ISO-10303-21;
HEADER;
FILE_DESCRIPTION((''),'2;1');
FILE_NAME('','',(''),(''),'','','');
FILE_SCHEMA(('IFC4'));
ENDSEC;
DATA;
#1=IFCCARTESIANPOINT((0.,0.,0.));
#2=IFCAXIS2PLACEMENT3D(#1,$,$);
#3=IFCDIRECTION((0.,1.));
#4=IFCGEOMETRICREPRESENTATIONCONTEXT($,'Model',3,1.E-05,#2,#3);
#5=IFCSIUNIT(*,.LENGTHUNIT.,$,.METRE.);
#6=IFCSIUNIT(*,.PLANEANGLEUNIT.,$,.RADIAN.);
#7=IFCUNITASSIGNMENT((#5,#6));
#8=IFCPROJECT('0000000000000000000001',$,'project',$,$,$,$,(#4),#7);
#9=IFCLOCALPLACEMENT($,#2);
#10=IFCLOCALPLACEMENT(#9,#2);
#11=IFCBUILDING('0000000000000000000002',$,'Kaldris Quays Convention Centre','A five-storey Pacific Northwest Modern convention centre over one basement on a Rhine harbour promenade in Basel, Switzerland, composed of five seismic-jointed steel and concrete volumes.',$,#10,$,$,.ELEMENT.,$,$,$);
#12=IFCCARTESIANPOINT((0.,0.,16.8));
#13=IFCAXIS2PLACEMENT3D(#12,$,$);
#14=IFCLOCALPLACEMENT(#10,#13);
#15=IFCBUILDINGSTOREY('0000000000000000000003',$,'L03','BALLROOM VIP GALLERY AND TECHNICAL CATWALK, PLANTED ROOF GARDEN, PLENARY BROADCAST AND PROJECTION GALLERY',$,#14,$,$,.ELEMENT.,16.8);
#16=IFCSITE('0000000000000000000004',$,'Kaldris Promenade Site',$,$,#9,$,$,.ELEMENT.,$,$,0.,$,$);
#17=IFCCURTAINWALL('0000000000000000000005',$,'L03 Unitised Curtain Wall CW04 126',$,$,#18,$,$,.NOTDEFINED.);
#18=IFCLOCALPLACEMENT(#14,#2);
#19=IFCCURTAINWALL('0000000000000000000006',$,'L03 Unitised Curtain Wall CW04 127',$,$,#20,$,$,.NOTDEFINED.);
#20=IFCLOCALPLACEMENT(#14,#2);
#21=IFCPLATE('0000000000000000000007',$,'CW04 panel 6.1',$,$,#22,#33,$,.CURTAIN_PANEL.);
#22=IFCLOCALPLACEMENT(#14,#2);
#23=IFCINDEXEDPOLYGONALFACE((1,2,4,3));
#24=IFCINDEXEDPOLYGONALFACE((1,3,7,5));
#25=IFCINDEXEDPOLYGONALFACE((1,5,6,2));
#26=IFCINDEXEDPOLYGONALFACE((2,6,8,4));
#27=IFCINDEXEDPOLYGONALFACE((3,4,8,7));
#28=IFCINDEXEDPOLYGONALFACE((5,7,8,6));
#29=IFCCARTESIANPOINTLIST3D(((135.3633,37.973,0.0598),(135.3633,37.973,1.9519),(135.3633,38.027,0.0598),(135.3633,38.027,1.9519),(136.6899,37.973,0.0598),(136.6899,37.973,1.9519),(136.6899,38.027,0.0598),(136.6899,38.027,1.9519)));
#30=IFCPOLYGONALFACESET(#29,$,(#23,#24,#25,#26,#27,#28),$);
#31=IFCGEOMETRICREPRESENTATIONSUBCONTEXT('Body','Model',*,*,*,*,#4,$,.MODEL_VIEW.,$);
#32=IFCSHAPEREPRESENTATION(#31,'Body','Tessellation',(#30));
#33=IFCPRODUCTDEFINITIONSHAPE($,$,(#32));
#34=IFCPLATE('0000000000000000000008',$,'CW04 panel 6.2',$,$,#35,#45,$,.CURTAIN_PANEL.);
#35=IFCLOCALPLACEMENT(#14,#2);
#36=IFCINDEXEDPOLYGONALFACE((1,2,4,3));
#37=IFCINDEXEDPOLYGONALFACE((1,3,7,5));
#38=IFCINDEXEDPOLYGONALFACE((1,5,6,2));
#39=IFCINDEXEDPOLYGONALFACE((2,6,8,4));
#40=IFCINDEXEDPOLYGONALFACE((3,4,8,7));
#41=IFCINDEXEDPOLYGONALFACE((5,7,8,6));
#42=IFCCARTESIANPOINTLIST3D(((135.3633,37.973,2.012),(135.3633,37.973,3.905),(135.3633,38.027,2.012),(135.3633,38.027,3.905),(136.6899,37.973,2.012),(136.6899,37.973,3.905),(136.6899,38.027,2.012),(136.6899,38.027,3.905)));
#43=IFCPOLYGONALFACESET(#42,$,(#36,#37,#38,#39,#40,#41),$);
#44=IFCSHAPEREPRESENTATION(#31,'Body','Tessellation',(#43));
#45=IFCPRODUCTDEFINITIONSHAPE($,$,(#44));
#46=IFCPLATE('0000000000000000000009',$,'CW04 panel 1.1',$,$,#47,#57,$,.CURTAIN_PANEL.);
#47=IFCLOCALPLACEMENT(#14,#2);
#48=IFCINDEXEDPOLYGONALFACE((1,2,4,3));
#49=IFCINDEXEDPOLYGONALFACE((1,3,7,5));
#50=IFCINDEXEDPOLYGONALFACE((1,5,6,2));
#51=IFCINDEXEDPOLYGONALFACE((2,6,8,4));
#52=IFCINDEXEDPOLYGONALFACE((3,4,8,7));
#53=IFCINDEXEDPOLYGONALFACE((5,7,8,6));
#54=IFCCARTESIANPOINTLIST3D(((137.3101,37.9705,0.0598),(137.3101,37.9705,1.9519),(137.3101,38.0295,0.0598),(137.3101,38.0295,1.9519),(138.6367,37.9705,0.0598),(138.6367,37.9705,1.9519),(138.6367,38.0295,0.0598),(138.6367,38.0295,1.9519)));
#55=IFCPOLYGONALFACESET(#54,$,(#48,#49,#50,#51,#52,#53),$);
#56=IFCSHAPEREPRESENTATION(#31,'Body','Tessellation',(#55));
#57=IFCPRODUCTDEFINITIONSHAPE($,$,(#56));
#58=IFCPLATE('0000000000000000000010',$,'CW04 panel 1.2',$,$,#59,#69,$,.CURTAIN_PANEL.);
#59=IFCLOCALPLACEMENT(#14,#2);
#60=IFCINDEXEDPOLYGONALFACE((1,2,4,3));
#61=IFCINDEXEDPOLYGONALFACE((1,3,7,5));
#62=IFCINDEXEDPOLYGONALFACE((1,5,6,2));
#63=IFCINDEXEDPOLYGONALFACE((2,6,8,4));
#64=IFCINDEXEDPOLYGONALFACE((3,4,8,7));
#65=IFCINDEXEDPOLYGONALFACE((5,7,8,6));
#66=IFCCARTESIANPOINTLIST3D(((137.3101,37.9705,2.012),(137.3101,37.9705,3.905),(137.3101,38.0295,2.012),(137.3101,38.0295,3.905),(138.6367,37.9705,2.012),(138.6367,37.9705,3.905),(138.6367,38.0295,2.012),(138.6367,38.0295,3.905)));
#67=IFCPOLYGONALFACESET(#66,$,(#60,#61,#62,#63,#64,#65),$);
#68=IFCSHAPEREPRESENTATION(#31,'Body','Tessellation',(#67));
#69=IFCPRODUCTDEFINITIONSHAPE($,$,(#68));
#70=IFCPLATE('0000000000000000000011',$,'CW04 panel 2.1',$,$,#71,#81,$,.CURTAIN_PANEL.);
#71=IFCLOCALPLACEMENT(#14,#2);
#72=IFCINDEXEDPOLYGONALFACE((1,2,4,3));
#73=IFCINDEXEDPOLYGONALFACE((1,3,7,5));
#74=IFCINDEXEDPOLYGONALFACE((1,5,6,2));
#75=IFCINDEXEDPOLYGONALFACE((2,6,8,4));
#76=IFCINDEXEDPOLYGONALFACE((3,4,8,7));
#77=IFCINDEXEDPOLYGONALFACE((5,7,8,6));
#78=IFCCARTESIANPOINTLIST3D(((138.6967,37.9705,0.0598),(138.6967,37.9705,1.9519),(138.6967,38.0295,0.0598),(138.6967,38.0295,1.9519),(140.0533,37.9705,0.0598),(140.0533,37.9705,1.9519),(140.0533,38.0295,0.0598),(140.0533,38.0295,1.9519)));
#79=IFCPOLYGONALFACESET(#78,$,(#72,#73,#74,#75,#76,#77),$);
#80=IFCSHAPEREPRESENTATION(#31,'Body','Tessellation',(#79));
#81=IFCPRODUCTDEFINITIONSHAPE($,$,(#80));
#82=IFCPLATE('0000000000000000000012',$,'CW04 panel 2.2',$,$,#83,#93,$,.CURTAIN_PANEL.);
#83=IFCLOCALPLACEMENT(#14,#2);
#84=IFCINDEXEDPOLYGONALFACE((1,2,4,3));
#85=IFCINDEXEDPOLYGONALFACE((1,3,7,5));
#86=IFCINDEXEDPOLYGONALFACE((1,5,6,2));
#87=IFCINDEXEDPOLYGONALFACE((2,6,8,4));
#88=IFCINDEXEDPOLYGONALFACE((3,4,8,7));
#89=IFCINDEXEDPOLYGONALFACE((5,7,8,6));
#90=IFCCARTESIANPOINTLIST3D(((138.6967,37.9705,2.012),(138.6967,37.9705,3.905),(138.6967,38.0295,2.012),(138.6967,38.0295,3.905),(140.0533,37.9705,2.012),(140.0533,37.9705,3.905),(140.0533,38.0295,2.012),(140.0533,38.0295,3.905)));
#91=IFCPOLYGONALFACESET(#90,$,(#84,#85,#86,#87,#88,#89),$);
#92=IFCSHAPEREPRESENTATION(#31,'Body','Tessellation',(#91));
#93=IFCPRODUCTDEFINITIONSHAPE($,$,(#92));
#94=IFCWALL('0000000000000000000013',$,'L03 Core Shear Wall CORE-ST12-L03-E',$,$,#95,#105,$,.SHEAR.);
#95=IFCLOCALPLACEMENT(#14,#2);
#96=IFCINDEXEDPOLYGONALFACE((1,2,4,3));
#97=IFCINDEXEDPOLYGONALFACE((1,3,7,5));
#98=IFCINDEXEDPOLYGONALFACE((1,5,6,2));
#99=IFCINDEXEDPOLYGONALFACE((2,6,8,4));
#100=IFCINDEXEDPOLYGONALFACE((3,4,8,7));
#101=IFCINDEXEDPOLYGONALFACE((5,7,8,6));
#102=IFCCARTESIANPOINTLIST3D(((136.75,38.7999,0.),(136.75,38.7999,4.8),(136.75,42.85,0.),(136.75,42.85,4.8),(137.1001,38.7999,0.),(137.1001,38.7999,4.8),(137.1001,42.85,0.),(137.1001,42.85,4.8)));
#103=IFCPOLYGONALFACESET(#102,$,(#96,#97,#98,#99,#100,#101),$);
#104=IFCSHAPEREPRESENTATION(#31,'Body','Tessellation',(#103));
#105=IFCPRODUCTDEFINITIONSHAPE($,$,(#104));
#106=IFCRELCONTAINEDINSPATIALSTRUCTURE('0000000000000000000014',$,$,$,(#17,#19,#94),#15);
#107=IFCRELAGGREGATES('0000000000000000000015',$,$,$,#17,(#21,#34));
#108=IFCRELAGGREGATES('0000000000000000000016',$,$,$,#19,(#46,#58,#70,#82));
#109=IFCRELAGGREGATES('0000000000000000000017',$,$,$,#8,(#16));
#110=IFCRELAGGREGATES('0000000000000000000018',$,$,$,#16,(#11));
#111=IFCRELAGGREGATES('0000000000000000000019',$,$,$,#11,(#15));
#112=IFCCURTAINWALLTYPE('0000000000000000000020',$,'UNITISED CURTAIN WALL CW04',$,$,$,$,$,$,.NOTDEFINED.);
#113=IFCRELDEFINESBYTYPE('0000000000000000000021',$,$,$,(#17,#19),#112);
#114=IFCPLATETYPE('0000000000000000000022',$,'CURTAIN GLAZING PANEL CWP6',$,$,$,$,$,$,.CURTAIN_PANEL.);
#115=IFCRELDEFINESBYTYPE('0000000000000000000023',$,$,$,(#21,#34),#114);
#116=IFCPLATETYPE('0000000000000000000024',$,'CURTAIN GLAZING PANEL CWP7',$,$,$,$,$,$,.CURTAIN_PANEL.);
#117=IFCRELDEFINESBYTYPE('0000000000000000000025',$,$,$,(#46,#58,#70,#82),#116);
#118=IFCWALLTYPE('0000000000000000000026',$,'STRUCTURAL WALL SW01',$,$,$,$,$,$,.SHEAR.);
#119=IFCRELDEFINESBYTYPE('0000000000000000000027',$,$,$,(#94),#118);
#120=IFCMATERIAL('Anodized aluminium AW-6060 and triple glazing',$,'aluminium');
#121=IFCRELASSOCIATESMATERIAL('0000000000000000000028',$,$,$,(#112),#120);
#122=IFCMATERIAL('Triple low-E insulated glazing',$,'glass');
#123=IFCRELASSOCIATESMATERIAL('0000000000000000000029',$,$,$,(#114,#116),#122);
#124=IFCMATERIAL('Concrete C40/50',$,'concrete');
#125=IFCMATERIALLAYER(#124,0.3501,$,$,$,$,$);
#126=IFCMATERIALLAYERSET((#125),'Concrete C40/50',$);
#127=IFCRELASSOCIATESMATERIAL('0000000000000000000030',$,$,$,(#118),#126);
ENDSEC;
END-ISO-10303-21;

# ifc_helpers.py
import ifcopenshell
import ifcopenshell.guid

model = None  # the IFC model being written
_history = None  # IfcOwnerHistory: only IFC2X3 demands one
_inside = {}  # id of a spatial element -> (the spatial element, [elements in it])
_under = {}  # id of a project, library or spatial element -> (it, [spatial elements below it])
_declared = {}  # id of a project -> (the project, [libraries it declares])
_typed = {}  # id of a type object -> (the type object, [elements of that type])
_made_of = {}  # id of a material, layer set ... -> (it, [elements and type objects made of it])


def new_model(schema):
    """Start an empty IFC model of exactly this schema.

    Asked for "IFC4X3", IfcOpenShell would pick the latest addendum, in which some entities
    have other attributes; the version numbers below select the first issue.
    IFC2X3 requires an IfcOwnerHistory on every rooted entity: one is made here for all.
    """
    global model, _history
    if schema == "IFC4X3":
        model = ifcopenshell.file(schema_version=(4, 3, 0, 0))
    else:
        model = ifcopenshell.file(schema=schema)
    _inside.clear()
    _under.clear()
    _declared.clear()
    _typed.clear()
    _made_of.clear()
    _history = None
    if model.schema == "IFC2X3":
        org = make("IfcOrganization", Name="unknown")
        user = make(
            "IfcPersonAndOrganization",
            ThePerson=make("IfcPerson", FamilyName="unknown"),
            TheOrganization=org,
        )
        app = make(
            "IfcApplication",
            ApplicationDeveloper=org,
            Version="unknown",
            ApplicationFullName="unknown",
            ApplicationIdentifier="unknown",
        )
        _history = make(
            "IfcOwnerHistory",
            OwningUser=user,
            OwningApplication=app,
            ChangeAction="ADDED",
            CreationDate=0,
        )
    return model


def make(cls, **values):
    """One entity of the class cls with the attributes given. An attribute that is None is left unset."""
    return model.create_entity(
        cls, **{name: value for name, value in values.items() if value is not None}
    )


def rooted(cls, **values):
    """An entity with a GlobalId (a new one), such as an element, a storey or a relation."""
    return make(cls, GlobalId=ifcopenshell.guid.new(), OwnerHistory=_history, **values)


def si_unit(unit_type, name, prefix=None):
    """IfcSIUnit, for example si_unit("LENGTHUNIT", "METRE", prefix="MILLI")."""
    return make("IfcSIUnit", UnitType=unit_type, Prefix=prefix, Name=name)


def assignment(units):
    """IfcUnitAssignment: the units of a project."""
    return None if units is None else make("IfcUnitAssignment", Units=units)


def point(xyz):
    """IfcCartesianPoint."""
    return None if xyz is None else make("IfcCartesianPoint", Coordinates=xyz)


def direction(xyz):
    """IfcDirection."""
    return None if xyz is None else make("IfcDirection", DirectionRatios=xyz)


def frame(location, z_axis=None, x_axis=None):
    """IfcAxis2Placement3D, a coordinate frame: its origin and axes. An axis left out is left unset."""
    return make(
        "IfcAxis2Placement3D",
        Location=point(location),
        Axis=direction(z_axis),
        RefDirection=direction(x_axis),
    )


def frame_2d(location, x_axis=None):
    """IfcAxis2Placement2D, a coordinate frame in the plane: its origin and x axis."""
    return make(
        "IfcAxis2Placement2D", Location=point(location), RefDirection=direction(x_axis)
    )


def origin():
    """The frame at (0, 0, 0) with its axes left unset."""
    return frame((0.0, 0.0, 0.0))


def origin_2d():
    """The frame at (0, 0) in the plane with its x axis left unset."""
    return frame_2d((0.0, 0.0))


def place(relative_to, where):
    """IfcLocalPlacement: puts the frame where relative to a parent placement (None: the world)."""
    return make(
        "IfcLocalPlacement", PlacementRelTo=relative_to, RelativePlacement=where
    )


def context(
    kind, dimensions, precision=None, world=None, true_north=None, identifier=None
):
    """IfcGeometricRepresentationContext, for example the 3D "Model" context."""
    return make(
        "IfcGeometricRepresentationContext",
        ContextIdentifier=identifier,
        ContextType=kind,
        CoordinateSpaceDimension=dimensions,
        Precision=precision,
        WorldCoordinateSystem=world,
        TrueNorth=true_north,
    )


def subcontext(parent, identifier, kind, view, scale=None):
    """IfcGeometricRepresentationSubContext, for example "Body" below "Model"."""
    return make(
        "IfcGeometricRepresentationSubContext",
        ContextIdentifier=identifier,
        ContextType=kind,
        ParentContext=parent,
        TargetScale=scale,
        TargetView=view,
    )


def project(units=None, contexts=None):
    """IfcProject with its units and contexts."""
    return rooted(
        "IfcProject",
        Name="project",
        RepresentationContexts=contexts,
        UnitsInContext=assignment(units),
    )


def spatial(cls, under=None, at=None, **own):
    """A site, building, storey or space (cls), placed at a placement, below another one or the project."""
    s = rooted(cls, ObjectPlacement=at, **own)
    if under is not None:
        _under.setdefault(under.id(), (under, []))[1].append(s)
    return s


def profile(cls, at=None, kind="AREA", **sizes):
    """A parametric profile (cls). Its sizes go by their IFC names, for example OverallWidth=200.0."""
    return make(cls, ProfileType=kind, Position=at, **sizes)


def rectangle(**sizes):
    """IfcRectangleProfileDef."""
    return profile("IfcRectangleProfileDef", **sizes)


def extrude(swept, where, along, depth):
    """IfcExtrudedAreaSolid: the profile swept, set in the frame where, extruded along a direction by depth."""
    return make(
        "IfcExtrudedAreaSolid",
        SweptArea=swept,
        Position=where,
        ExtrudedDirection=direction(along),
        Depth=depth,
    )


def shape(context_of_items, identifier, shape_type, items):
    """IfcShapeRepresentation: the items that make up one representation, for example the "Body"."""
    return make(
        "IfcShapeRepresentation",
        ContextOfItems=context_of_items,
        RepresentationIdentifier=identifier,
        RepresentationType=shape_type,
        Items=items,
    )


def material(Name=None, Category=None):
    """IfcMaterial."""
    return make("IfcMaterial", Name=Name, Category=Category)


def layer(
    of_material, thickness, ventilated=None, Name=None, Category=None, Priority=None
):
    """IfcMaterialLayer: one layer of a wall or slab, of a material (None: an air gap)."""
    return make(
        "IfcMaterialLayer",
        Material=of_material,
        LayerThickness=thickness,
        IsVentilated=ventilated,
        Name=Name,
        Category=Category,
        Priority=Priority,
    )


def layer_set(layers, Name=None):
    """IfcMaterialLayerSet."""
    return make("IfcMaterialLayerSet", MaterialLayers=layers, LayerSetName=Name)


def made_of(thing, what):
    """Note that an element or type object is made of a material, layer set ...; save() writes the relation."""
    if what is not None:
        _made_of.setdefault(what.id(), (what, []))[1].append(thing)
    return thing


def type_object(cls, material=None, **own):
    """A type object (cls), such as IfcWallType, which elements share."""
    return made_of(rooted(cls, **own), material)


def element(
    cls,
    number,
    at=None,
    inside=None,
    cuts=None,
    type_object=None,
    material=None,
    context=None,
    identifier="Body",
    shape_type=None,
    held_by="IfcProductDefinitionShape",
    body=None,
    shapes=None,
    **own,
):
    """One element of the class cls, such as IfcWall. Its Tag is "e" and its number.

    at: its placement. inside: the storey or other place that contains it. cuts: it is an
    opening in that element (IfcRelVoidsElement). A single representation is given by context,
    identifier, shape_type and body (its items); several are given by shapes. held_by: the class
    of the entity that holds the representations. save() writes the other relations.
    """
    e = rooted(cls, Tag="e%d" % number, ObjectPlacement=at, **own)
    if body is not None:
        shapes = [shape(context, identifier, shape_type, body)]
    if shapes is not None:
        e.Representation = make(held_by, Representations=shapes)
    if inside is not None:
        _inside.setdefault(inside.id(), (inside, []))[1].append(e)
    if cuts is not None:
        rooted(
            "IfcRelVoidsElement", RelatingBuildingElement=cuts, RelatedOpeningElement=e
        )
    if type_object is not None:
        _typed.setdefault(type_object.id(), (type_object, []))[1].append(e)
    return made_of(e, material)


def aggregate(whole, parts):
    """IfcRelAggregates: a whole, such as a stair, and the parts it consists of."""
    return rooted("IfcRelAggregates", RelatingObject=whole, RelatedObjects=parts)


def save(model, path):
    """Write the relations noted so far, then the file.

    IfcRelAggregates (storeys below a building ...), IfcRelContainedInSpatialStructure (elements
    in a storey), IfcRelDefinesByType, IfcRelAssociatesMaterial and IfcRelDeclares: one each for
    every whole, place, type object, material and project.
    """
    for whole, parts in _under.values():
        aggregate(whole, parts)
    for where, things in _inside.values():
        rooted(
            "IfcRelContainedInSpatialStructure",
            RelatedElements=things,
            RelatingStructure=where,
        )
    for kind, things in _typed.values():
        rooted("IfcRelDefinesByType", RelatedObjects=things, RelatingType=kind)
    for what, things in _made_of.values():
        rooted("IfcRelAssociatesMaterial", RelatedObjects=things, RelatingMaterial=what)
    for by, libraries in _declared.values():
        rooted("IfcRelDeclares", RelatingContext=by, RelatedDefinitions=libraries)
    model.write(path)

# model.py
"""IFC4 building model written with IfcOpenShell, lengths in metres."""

from ifc_helpers import new_model, si_unit, direction, frame, frame_2d, origin, origin_2d, place, context, subcontext, project, spatial, rectangle, extrude, material, layer, layer_set, type_object, element, aggregate, save


model = new_model("IFC4")

# Units and contexts
model_context = context("Model", 3, precision=1e-05, world=origin(), true_north=direction((0.0, 1.0)))
body_context = subcontext(model_context, "Body", "Model", "MODEL_VIEW")
ifc_project = project(units=[si_unit("LENGTHUNIT", "METRE"), si_unit("PLANEANGLEUNIT", "RADIAN")], contexts=[model_context])

# Site, building, storey
site_placement = place(None, origin())
site = spatial("IfcSite", under=ifc_project, at=site_placement, Name="Kaldris Promenade Site", CompositionType="ELEMENT", RefElevation=0.0)
building_placement = place(site_placement, origin())
building = spatial("IfcBuilding", under=site, at=building_placement, Name="Kaldris Quays Convention Centre", Description="A five-storey Pacific Northwest Modern convention centre over one basement on a Rhine harbour promenade in Basel, Switzerland, composed of five seismic-jointed steel and concrete volumes.", CompositionType="ELEMENT")
storey_placement = place(building_placement, frame((0.0, 0.0, 16.8)))
storey = spatial("IfcBuildingStorey", under=building, at=storey_placement, Name="L03", Description="BALLROOM VIP GALLERY AND TECHNICAL CATWALK, PLANTED ROOF GARDEN, PLENARY BROADCAST AND PROJECTION GALLERY", CompositionType="ELEMENT", Elevation=16.8)

# Curtain walls
ifc_material_1 = material(Name="Anodized aluminium AW-6060 and triple glazing", Category="aluminium")
curtain_wall_type = type_object("IfcCurtainWallType", Name="UNITISED CURTAIN WALL CW04", PredefinedType="NOTDEFINED", material=ifc_material_1)
curtain_wall_1_placement = place(storey_placement, origin())
curtain_wall_1 = element("IfcCurtainWall", 1, at=curtain_wall_1_placement, inside=storey, type_object=curtain_wall_type, Name="L03 Unitised Curtain Wall CW04 126", PredefinedType="NOTDEFINED")
curtain_wall_2_placement = place(storey_placement, origin())
curtain_wall_2 = element("IfcCurtainWall", 2, at=curtain_wall_2_placement, inside=storey, type_object=curtain_wall_type, Name="L03 Unitised Curtain Wall CW04 127", PredefinedType="NOTDEFINED")

# Plates
ifc_material_2 = material(Name="Triple low-E insulated glazing", Category="glass")
plate_type_1 = type_object("IfcPlateType", Name="CURTAIN GLAZING PANEL CWP6", PredefinedType="CURTAIN_PANEL", material=ifc_material_2)
plate_1_placement = place(storey_placement, frame((136.0266, 38.0, 0.0598), z_axis=(0.0, 0.0, 1.0), x_axis=(1.0, 0.0, 0.0)))
plate_1 = element("IfcPlate", 3, at=plate_1_placement, type_object=plate_type_1, Name="CW04 panel 6.1", PredefinedType="CURTAIN_PANEL", context=body_context, shape_type="SweptSolid", body=[
    extrude(rectangle(XDim=1.3267, YDim=0.054, at=origin_2d()), origin(), (0.0, 0.0, 1.0), 1.8921),
])
plate_2_placement = place(storey_placement, frame((136.0266, 38.0, 2.012), z_axis=(0.0, 0.0, 1.0), x_axis=(1.0, 0.0, 0.0)))
plate_2 = element("IfcPlate", 4, at=plate_2_placement, type_object=plate_type_1, Name="CW04 panel 6.2", PredefinedType="CURTAIN_PANEL", context=body_context, shape_type="SweptSolid", body=[
    extrude(rectangle(XDim=1.3267, YDim=0.054, at=origin_2d()), origin(), (0.0, 0.0, 1.0), 1.8931),
])
aggregate(curtain_wall_1, [plate_1, plate_2])
plate_type_2 = type_object("IfcPlateType", Name="CURTAIN GLAZING PANEL CWP7", PredefinedType="CURTAIN_PANEL", material=ifc_material_2)
plate_3_placement = place(storey_placement, frame((137.9734, 38.0, 0.0598), z_axis=(0.0, 0.0, 1.0), x_axis=(1.0, 0.0, 0.0)))
plate_3 = element("IfcPlate", 5, at=plate_3_placement, type_object=plate_type_2, Name="CW04 panel 1.1", PredefinedType="CURTAIN_PANEL", context=body_context, shape_type="SweptSolid", body=[
    extrude(rectangle(XDim=1.3267, YDim=0.0591, at=origin_2d()), origin(), (0.0, 0.0, 1.0), 1.8921),
])
plate_4_placement = place(storey_placement, frame((137.9734, 38.0, 2.012), z_axis=(0.0, 0.0, 1.0), x_axis=(1.0, 0.0, 0.0)))
plate_4 = element("IfcPlate", 6, at=plate_4_placement, type_object=plate_type_2, Name="CW04 panel 1.2", PredefinedType="CURTAIN_PANEL", context=body_context, shape_type="SweptSolid", body=[
    extrude(rectangle(XDim=1.3267, YDim=0.0591, at=origin_2d()), origin(), (0.0, 0.0, 1.0), 1.8931),
])
plate_5_placement = place(storey_placement, frame((139.375, 38.0, 0.0598), z_axis=(0.0, 0.0, 1.0), x_axis=(1.0, 0.0, 0.0)))
plate_5 = element("IfcPlate", 7, at=plate_5_placement, type_object=plate_type_2, Name="CW04 panel 2.1", PredefinedType="CURTAIN_PANEL", context=body_context, shape_type="SweptSolid", body=[
    extrude(rectangle(XDim=1.3567, YDim=0.0591, at=origin_2d()), origin(), (0.0, 0.0, 1.0), 1.8921),
])
plate_6_placement = place(storey_placement, frame((139.375, 38.0, 2.012), z_axis=(0.0, 0.0, 1.0), x_axis=(1.0, 0.0, 0.0)))
plate_6 = element("IfcPlate", 8, at=plate_6_placement, type_object=plate_type_2, Name="CW04 panel 2.2", PredefinedType="CURTAIN_PANEL", context=body_context, shape_type="SweptSolid", body=[
    extrude(rectangle(XDim=1.3567, YDim=0.0591, at=origin_2d()), origin(), (0.0, 0.0, 1.0), 1.8931),
])
aggregate(curtain_wall_2, [plate_3, plate_4, plate_5, plate_6])

# Wall
ifc_material_3 = material(Name="Concrete C40/50", Category="concrete")
ifc_layer = layer(ifc_material_3, 0.3501)
ifc_layer_set = layer_set([ifc_layer], Name="Concrete C40/50")
wall_type = type_object("IfcWallType", Name="STRUCTURAL WALL SW01", PredefinedType="SHEAR", material=ifc_layer_set)
wall_placement = place(storey_placement, frame((136.925, 38.8, 0.0), z_axis=(0.0, 0.0, 1.0), x_axis=(0.0, 1.0, 0.0)))
element("IfcWall", 9, at=wall_placement, inside=storey, type_object=wall_type, Name="L03 Core Shear Wall CORE-ST12-L03-E", PredefinedType="SHEAR", context=body_context, shape_type="SweptSolid", body=[
    extrude(rectangle(XDim=4.05, YDim=0.3501, at=frame_2d((2.0249, 0.0))), origin(), (0.0, 0.0, 1.0), 4.8),
])

save(model, "model.ifc")
